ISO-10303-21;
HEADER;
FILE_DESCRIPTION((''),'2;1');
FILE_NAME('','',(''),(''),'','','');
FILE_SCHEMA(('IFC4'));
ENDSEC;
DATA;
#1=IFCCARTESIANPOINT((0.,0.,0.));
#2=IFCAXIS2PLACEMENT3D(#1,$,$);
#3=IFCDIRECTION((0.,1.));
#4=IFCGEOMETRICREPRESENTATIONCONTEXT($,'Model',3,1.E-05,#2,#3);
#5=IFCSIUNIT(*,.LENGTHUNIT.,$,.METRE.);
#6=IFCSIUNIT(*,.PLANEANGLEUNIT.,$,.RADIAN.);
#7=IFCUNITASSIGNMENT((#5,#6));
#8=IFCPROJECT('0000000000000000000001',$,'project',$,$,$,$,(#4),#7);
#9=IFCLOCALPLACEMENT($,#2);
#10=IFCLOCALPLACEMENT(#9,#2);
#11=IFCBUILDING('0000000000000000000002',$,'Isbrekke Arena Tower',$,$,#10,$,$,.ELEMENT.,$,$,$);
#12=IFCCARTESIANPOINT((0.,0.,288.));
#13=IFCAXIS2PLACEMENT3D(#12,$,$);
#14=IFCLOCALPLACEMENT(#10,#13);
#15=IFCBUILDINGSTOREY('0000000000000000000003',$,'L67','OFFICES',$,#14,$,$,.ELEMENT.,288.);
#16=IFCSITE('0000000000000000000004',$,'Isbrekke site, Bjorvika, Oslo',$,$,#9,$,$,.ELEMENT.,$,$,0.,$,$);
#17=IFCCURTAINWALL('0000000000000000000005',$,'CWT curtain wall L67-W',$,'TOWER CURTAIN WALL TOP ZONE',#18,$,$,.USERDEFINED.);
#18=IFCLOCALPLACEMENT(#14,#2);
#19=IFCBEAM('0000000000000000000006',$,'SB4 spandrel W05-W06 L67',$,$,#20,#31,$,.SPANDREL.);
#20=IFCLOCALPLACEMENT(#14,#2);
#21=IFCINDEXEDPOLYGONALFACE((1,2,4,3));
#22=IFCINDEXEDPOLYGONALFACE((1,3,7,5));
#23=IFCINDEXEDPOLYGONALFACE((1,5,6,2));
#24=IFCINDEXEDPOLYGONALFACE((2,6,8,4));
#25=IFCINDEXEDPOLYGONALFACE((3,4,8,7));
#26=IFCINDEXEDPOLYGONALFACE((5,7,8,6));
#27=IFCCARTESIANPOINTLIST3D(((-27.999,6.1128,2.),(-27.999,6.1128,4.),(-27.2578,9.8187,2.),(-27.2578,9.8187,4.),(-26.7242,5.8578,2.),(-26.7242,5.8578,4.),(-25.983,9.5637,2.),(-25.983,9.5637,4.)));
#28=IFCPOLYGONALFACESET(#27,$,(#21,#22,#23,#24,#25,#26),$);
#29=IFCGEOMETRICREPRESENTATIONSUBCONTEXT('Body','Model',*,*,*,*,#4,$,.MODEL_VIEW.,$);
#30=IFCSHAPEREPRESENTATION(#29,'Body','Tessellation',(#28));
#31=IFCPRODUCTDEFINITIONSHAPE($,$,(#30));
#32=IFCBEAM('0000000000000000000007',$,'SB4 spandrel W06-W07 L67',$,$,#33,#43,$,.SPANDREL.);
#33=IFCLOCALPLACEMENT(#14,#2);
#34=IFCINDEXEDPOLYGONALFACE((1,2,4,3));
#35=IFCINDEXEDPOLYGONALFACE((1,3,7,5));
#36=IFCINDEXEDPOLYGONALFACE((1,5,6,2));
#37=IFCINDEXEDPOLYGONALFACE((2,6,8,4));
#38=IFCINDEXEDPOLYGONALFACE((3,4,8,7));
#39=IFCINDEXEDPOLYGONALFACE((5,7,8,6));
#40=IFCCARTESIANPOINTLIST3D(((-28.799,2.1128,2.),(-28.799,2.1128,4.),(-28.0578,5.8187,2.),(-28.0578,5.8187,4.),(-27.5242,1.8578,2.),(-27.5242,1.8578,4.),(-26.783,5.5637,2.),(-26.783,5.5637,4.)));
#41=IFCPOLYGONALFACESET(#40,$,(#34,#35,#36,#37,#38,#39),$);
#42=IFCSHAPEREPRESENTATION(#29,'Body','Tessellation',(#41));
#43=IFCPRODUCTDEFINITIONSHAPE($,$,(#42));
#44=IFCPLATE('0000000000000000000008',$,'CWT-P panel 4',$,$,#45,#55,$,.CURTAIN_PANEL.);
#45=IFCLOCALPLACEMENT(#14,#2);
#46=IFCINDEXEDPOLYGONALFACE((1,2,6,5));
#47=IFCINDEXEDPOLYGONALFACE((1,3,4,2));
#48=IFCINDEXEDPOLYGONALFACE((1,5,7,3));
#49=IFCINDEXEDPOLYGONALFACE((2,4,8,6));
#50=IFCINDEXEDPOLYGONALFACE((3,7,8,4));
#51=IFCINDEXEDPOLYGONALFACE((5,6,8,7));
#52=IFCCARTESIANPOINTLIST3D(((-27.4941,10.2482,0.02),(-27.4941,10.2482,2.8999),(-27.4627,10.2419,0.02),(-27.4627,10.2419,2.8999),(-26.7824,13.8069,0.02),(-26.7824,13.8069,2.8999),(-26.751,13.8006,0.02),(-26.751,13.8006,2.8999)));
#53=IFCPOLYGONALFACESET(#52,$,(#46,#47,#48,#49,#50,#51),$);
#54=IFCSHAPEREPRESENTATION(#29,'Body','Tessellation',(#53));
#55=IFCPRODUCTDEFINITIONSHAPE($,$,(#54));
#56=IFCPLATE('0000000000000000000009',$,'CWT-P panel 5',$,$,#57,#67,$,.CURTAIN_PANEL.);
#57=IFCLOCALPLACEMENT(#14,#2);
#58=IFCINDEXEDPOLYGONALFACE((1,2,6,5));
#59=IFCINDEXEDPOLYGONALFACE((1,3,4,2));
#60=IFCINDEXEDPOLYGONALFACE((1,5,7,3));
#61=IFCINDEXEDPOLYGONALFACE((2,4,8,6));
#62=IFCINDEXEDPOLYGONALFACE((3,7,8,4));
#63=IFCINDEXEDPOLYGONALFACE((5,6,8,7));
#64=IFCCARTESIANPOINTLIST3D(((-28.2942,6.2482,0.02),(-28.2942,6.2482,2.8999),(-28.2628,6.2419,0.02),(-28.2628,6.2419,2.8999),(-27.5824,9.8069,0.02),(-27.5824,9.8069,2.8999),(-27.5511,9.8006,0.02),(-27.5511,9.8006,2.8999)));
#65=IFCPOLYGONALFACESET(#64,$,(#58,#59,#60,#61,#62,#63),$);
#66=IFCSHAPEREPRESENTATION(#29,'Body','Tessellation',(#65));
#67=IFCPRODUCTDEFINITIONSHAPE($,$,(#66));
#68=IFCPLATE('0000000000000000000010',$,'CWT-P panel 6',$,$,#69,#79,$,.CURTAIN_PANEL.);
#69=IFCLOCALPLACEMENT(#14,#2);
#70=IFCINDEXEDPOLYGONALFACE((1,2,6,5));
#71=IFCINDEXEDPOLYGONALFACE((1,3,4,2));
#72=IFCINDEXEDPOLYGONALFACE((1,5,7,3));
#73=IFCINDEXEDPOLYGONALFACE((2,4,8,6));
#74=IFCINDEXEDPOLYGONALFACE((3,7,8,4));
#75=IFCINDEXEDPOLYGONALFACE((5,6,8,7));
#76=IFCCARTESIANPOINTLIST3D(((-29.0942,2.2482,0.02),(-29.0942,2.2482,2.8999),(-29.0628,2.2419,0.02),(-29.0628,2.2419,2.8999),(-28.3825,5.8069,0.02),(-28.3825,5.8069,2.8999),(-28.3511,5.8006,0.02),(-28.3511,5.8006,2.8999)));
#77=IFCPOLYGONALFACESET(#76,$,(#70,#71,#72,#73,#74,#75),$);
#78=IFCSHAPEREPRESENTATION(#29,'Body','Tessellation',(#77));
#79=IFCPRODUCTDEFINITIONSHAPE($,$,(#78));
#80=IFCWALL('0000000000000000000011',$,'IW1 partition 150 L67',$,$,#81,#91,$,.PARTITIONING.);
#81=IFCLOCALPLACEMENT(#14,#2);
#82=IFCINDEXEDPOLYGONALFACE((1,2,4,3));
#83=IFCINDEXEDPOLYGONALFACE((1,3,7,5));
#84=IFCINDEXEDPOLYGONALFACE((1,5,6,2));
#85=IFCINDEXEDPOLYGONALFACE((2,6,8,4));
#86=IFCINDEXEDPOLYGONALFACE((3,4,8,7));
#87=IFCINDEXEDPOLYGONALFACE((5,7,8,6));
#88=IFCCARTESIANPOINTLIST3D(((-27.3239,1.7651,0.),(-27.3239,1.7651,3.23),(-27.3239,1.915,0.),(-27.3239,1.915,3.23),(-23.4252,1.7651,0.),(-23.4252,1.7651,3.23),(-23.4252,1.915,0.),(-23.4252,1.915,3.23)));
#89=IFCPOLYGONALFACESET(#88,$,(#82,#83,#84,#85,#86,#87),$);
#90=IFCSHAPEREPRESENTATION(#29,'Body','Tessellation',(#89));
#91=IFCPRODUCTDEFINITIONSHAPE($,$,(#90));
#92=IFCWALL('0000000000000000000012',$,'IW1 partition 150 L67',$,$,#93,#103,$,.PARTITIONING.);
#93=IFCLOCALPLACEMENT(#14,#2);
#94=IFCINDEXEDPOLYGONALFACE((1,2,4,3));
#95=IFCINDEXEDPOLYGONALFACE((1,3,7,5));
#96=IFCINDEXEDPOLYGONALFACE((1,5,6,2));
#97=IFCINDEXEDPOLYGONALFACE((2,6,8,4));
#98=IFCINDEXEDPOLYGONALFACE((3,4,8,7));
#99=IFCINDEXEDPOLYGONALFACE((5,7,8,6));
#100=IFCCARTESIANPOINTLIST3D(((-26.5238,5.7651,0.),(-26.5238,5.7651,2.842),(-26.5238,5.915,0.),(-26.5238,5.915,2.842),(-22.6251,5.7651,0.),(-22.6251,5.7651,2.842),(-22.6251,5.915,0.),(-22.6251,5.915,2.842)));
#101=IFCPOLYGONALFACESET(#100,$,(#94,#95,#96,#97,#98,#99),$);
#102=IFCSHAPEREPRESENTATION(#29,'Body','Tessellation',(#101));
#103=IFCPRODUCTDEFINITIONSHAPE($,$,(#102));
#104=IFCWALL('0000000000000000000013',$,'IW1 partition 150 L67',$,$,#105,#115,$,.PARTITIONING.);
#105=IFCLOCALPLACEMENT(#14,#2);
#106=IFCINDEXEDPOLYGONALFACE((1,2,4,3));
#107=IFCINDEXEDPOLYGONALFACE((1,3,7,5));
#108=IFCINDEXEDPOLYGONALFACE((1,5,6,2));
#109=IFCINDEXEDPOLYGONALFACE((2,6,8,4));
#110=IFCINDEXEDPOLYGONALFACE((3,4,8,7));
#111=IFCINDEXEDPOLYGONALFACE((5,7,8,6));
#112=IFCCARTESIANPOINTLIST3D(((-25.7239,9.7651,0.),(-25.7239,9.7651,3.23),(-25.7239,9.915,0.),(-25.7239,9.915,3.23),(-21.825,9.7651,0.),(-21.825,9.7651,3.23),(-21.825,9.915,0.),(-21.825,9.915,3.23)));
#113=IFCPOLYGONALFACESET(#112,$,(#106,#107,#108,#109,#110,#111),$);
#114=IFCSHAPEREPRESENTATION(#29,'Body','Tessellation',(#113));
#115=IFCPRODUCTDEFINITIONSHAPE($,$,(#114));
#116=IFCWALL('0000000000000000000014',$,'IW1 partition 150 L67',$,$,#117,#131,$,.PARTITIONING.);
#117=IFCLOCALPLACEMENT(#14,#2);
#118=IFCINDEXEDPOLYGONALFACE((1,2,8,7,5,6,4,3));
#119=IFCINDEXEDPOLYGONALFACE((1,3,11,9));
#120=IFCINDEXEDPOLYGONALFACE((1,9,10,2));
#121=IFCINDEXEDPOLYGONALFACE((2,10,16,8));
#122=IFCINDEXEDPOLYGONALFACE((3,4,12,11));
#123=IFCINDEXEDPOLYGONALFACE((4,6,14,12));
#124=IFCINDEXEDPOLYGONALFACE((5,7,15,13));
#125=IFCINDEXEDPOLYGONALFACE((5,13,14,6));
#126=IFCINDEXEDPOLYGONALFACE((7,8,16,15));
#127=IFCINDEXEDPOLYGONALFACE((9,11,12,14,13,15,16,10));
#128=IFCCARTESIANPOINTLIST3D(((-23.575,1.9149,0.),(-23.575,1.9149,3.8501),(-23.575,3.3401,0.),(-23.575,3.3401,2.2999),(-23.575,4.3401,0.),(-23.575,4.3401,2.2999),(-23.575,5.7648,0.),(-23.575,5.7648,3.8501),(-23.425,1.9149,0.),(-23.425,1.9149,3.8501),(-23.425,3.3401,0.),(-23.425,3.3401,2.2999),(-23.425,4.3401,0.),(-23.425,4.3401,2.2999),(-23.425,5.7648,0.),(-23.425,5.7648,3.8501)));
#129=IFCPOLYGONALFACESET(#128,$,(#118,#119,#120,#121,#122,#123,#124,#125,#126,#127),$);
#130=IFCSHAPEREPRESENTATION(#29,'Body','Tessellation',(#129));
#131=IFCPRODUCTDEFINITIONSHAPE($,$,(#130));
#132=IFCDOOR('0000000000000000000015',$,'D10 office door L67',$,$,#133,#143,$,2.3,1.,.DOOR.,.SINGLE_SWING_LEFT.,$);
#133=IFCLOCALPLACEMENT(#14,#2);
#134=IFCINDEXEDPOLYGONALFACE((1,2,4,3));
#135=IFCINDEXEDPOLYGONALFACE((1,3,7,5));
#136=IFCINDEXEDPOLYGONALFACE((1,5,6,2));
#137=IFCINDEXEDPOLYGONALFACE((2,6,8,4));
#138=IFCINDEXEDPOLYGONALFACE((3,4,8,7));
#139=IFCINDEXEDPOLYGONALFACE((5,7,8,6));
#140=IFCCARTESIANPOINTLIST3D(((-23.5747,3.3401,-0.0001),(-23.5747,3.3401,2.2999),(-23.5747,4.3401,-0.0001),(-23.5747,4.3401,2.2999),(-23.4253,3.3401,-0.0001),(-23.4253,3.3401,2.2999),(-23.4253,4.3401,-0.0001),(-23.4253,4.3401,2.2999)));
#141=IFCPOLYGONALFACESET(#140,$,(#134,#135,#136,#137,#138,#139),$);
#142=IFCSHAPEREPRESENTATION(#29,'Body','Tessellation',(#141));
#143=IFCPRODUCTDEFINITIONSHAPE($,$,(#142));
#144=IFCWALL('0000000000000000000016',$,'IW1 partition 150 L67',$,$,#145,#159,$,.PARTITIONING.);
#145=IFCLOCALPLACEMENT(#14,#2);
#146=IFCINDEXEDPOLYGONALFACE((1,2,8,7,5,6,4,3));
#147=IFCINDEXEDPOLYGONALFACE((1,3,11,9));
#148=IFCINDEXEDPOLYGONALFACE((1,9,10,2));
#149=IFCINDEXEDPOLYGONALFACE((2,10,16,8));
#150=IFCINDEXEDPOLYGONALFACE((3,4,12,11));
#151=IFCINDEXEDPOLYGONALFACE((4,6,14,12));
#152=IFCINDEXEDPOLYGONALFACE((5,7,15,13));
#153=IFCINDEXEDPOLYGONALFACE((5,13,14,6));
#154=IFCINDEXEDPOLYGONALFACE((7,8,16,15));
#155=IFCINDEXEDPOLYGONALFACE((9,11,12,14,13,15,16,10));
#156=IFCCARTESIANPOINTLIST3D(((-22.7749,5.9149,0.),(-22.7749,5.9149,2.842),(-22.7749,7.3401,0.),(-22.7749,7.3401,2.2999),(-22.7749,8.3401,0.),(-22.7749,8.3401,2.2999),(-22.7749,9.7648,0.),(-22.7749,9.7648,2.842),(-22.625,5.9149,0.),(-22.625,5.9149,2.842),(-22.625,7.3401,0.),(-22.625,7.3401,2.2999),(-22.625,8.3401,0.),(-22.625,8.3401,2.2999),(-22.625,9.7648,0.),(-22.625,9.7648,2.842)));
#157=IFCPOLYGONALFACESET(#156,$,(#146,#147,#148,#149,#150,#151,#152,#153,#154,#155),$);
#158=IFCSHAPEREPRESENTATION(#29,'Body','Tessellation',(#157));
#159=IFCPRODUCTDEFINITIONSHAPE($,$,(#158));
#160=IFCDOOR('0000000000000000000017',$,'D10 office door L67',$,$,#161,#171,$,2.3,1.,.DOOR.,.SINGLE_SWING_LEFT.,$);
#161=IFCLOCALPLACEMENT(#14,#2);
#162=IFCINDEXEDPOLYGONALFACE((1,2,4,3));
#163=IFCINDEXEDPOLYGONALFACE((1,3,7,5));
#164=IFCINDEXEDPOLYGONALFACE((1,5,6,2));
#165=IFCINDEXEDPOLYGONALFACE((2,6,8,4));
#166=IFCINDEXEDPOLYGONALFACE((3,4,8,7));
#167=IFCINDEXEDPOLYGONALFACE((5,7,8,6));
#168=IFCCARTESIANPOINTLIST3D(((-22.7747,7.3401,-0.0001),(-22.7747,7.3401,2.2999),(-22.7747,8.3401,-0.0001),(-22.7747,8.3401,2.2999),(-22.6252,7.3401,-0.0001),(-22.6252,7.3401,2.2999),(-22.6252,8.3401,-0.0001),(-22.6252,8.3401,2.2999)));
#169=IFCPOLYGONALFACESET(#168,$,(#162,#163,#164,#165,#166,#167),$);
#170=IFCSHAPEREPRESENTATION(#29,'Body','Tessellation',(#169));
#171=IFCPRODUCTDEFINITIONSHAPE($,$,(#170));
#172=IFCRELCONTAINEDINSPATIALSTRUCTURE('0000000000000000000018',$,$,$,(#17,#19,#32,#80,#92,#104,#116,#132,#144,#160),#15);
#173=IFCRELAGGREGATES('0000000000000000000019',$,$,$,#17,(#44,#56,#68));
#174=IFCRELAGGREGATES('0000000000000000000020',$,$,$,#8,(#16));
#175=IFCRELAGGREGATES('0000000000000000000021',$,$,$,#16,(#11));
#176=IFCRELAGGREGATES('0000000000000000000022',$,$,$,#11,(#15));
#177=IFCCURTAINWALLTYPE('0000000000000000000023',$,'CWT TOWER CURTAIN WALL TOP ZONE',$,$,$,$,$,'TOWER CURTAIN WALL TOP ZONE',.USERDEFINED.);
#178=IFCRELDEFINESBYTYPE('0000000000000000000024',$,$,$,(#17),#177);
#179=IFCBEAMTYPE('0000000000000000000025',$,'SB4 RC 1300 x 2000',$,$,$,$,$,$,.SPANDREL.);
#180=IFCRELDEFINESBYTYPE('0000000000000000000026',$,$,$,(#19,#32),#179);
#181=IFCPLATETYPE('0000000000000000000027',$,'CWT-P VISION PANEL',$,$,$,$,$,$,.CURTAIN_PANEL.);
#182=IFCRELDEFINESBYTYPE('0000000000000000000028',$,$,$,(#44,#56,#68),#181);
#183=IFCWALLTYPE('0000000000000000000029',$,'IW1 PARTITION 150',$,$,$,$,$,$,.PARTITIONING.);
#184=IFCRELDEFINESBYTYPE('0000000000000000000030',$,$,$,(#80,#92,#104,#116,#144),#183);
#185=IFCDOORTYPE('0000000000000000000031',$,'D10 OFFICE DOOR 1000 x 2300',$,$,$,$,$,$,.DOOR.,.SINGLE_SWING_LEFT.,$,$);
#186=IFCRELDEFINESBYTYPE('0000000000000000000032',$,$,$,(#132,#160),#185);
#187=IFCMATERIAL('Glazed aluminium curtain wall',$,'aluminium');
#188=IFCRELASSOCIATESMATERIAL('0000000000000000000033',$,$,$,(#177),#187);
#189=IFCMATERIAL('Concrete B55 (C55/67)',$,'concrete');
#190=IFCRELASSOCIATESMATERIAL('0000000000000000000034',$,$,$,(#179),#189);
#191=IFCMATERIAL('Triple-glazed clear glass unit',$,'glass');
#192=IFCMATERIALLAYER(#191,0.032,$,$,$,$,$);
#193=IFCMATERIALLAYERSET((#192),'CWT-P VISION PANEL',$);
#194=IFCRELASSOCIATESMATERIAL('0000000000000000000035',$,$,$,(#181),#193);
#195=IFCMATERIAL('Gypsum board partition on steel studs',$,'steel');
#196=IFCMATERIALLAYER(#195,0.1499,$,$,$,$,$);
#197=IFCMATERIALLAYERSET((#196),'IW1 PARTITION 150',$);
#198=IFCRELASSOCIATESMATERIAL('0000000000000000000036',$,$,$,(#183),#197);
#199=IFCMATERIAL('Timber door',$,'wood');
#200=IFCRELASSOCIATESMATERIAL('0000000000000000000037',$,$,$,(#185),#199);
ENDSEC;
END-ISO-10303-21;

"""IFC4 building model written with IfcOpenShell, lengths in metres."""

from ifc_helpers import new_model, si_unit, direction, frame, frame_2d, origin, origin_2d, place, context, subcontext, project, spatial, rectangle, extrude, material, layer, layer_set, material_profile, profile_set, type_object, element, fill, aggregate, save


model = new_model("IFC4")

# Units and contexts
model_context = context("Model", 3, precision=1e-05, world=origin(), true_north=direction((0.0, 1.0)))
body_context = subcontext(model_context, "Body", "Model", "MODEL_VIEW")
ifc_project = project(units=[si_unit("LENGTHUNIT", "METRE"), si_unit("PLANEANGLEUNIT", "RADIAN")], contexts=[model_context])

# Site, building, storey
site_placement = place(None, origin())
site = spatial("IfcSite", under=ifc_project, at=site_placement, Name="Isbrekke site, Bjorvika, Oslo", CompositionType="ELEMENT", RefElevation=0.0)
building_placement = place(site_placement, origin())
building = spatial("IfcBuilding", under=site, at=building_placement, Name="Isbrekke Arena Tower", CompositionType="ELEMENT")
storey_placement = place(building_placement, frame((0.0, 0.0, 288.0)))
storey = spatial("IfcBuildingStorey", under=building, at=storey_placement, Name="L67", Description="OFFICES", CompositionType="ELEMENT", Elevation=288.0)

# Curtain wall
ifc_material_1 = material(Name="Glazed aluminium curtain wall", Category="aluminium")
curtain_wall_type = type_object("IfcCurtainWallType", Name="CWT TOWER CURTAIN WALL TOP ZONE", ElementType="TOWER CURTAIN WALL TOP ZONE", PredefinedType="USERDEFINED", material=ifc_material_1)
curtain_wall_placement = place(storey_placement, origin())
curtain_wall = element("IfcCurtainWall", 1, at=curtain_wall_placement, inside=storey, type_object=curtain_wall_type, Name="CWT curtain wall L67-W", ObjectType="TOWER CURTAIN WALL TOP ZONE", PredefinedType="USERDEFINED")

# Beams
ifc_material_2 = material(Name="Concrete B55 (C55/67)", Category="concrete")
ifc_material_profile_1 = material_profile(ifc_material_2, rectangle(XDim=1.3, YDim=2.0, at=origin_2d()), Name="RC 1300x2000")
ifc_profile_set_1 = profile_set([ifc_material_profile_1], Name="Concrete B55 (C55/67)")
beam_type_1 = type_object("IfcBeamType", Name="SB4 RC 1300 x 2000", PredefinedType="SPANDREL", material=ifc_profile_set_1)
for number, where, z_axis, x_axis, name in (
    (2, (-26.6204, 9.6912, 3.0), (-0.196129, -0.980578, 0.0), (0.980578, -0.196129, 0.0), "SB4 spandrel W05-W06 L67"),
    (3, (-27.4204, 5.6912, 3.0), (-0.196129, -0.980578, 0.0), (0.980578, -0.196129, 0.0), "SB4 spandrel W06-W07 L67"),
):
    element("IfcBeam", number, at=place(storey_placement, frame(where, z_axis=z_axis, x_axis=x_axis)), inside=storey, type_object=beam_type_1, Name=name, PredefinedType="SPANDREL", context=body_context, shape_type="SweptSolid", body=[
        extrude(rectangle(XDim=1.3, YDim=2.0, at=origin_2d()), origin(), (0.0, 0.0, 1.0), 3.7793),
    ])

# Plates
ifc_material_3 = material(Name="Triple-glazed clear glass unit", Category="glass")
ifc_layer_1 = layer(ifc_material_3, 0.032)
ifc_layer_set_1 = layer_set([ifc_layer_1], Name="CWT-P VISION PANEL")
plate_type = type_object("IfcPlateType", Name="CWT-P VISION PANEL", PredefinedType="CURTAIN_PANEL", material=ifc_layer_set_1)
plate_1_placement = place(storey_placement, frame((-27.1226, 12.0244, 0.02), z_axis=(0.0, 0.0, 1.0), x_axis=(-0.196116, -0.980581, 0.0)))
plate_1 = element("IfcPlate", 4, at=plate_1_placement, type_object=plate_type, Name="CWT-P panel 4", PredefinedType="CURTAIN_PANEL", context=body_context, shape_type="SweptSolid", body=[
    extrude(rectangle(XDim=3.6292, YDim=0.032, at=origin_2d()), origin(), (0.0, 0.0, 1.0), 2.8799),
])
plate_2_placement = place(storey_placement, frame((-27.9226, 8.0244, 0.02), z_axis=(0.0, 0.0, 1.0), x_axis=(-0.196116, -0.980581, 0.0)))
plate_2 = element("IfcPlate", 5, at=plate_2_placement, type_object=plate_type, Name="CWT-P panel 5", PredefinedType="CURTAIN_PANEL", context=body_context, shape_type="SweptSolid", body=[
    extrude(rectangle(XDim=3.6292, YDim=0.032, at=origin_2d()), origin(), (0.0, 0.0, 1.0), 2.8799),
])
plate_3_placement = place(storey_placement, frame((-28.7227, 4.0244, 0.02), z_axis=(0.0, 0.0, 1.0), x_axis=(-0.196116, -0.980581, 0.0)))
plate_3 = element("IfcPlate", 6, at=plate_3_placement, type_object=plate_type, Name="CWT-P panel 6", PredefinedType="CURTAIN_PANEL", context=body_context, shape_type="SweptSolid", body=[
    extrude(rectangle(XDim=3.6292, YDim=0.032, at=origin_2d()), origin(), (0.0, 0.0, 1.0), 2.8799),
])
aggregate(curtain_wall, [plate_1, plate_2, plate_3])

# Walls
ifc_material_4 = material(Name="Gypsum board partition on steel studs", Category="steel")
ifc_layer_2 = layer(ifc_material_4, 0.1499)
ifc_layer_set_2 = layer_set([ifc_layer_2], Name="IW1 PARTITION 150")
wall_type = type_object("IfcWallType", Name="IW1 PARTITION 150", PredefinedType="PARTITIONING", material=ifc_layer_set_2)
wall_1_placement = place(storey_placement, frame((-27.3237, 1.8401, 0.0), z_axis=(0.0, 0.0, 1.0), x_axis=(1.0, 0.0, 0.0)))
element("IfcWall", 7, at=wall_1_placement, inside=storey, type_object=wall_type, Name="IW1 partition 150 L67", PredefinedType="PARTITIONING", context=body_context, shape_type="SweptSolid", body=[
    extrude(rectangle(XDim=3.8987, YDim=0.1499, at=frame_2d((1.9492, 0.0))), origin(), (0.0, 0.0, 1.0), 3.23),
])
wall_2_placement = place(storey_placement, frame((-26.5237, 5.8401, 0.0), z_axis=(0.0, 0.0, 1.0), x_axis=(1.0, 0.0, 0.0)))
element("IfcWall", 8, at=wall_2_placement, inside=storey, type_object=wall_type, Name="IW1 partition 150 L67", PredefinedType="PARTITIONING", context=body_context, shape_type="SweptSolid", body=[
    extrude(rectangle(XDim=3.8987, YDim=0.1499, at=frame_2d((1.9492, 0.0))), origin(), (0.0, 0.0, 1.0), 2.842),
])
wall_3_placement = place(storey_placement, frame((-25.7239, 9.8401, 0.0), z_axis=(0.0, 0.0, 1.0), x_axis=(1.0, 0.0, 0.0)))
element("IfcWall", 9, at=wall_3_placement, inside=storey, type_object=wall_type, Name="IW1 partition 150 L67", PredefinedType="PARTITIONING", context=body_context, shape_type="SweptSolid", body=[
    extrude(rectangle(XDim=3.8989, YDim=0.1499, at=frame_2d((1.9495, 0.0))), origin(), (0.0, 0.0, 1.0), 3.23),
])

# Walls, openings, doors
wall_4_placement = place(storey_placement, frame((-23.5, 1.915, 0.0), z_axis=(0.0, 0.0, 1.0), x_axis=(0.0, 1.0, 0.0)))
wall_4 = element("IfcWall", 10, at=wall_4_placement, inside=storey, type_object=wall_type, Name="IW1 partition 150 L67", PredefinedType="PARTITIONING", context=body_context, shape_type="SweptSolid", body=[
    extrude(rectangle(XDim=3.8499, YDim=0.1499, at=frame_2d((1.9248, 0.0))), origin(), (0.0, 0.0, 1.0), 3.8501),
])
opening_1_placement = place(wall_4_placement, frame((1.425, 0.0, 0.0)))
opening_1 = element("IfcOpeningElement", 11, at=opening_1_placement, cuts=wall_4, PredefinedType="OPENING", context=body_context, shape_type="SweptSolid", body=[
    extrude(rectangle(XDim=1.0, YDim=2.3, at=frame_2d((0.5, 1.1499))), frame((0.0, 0.0898, 0.0), z_axis=(0.0, -1.0, 0.0), x_axis=(1.0, 0.0, 0.0)), (0.0, 0.0, 1.0), 0.1797),
])
ifc_material_5 = material(Name="Timber door", Category="wood")
door_type = type_object("IfcDoorType", Name="D10 OFFICE DOOR 1000 x 2300", OperationType="SINGLE_SWING_LEFT", PredefinedType="DOOR", material=ifc_material_5)
door_1_placement = place(opening_1_placement, origin())
door_1 = element("IfcDoor", 12, at=door_1_placement, inside=storey, type_object=door_type, Name="D10 office door L67", OperationType="SINGLE_SWING_LEFT", OverallHeight=2.3, OverallWidth=1.0, PredefinedType="DOOR", context=body_context, shape_type="SweptSolid", body=[
    extrude(rectangle(XDim=1.0, YDim=2.3, at=frame_2d((0.5, 1.1499))), frame((0.0, 0.0747, 0.0), z_axis=(0.0, -1.0, 0.0), x_axis=(1.0, 0.0, 0.0)), (0.0, 0.0, 1.0), 0.1494),
])
fill(opening_1, door_1)
wall_5_placement = place(storey_placement, frame((-22.7, 5.915, 0.0), z_axis=(0.0, 0.0, 1.0), x_axis=(0.0, 1.0, 0.0)))
wall_5 = element("IfcWall", 13, at=wall_5_placement, inside=storey, type_object=wall_type, Name="IW1 partition 150 L67", PredefinedType="PARTITIONING", context=body_context, shape_type="SweptSolid", body=[
    extrude(rectangle(XDim=3.8499, YDim=0.1499, at=frame_2d((1.9248, 0.0))), origin(), (0.0, 0.0, 1.0), 2.842),
])
opening_2_placement = place(wall_5_placement, frame((1.425, 0.0, 0.0)))
opening_2 = element("IfcOpeningElement", 14, at=opening_2_placement, cuts=wall_5, PredefinedType="OPENING", context=body_context, shape_type="SweptSolid", body=[
    extrude(rectangle(XDim=1.0, YDim=2.3, at=frame_2d((0.5, 1.1499))), frame((0.0, 0.0898, 0.0), z_axis=(0.0, -1.0, 0.0), x_axis=(1.0, 0.0, 0.0)), (0.0, 0.0, 1.0), 0.1797),
])
door_2_placement = place(opening_2_placement, origin())
door_2 = element("IfcDoor", 15, at=door_2_placement, inside=storey, type_object=door_type, Name="D10 office door L67", OperationType="SINGLE_SWING_LEFT", OverallHeight=2.3, OverallWidth=1.0, PredefinedType="DOOR", context=body_context, shape_type="SweptSolid", body=[
    extrude(rectangle(XDim=1.0, YDim=2.3, at=frame_2d((0.5, 1.1499))), frame((0.0, 0.0747, 0.0), z_axis=(0.0, -1.0, 0.0), x_axis=(1.0, 0.0, 0.0)), (0.0, 0.0, 1.0), 0.1494),
])
fill(opening_2, door_2)

save(model, "model.ifc")
